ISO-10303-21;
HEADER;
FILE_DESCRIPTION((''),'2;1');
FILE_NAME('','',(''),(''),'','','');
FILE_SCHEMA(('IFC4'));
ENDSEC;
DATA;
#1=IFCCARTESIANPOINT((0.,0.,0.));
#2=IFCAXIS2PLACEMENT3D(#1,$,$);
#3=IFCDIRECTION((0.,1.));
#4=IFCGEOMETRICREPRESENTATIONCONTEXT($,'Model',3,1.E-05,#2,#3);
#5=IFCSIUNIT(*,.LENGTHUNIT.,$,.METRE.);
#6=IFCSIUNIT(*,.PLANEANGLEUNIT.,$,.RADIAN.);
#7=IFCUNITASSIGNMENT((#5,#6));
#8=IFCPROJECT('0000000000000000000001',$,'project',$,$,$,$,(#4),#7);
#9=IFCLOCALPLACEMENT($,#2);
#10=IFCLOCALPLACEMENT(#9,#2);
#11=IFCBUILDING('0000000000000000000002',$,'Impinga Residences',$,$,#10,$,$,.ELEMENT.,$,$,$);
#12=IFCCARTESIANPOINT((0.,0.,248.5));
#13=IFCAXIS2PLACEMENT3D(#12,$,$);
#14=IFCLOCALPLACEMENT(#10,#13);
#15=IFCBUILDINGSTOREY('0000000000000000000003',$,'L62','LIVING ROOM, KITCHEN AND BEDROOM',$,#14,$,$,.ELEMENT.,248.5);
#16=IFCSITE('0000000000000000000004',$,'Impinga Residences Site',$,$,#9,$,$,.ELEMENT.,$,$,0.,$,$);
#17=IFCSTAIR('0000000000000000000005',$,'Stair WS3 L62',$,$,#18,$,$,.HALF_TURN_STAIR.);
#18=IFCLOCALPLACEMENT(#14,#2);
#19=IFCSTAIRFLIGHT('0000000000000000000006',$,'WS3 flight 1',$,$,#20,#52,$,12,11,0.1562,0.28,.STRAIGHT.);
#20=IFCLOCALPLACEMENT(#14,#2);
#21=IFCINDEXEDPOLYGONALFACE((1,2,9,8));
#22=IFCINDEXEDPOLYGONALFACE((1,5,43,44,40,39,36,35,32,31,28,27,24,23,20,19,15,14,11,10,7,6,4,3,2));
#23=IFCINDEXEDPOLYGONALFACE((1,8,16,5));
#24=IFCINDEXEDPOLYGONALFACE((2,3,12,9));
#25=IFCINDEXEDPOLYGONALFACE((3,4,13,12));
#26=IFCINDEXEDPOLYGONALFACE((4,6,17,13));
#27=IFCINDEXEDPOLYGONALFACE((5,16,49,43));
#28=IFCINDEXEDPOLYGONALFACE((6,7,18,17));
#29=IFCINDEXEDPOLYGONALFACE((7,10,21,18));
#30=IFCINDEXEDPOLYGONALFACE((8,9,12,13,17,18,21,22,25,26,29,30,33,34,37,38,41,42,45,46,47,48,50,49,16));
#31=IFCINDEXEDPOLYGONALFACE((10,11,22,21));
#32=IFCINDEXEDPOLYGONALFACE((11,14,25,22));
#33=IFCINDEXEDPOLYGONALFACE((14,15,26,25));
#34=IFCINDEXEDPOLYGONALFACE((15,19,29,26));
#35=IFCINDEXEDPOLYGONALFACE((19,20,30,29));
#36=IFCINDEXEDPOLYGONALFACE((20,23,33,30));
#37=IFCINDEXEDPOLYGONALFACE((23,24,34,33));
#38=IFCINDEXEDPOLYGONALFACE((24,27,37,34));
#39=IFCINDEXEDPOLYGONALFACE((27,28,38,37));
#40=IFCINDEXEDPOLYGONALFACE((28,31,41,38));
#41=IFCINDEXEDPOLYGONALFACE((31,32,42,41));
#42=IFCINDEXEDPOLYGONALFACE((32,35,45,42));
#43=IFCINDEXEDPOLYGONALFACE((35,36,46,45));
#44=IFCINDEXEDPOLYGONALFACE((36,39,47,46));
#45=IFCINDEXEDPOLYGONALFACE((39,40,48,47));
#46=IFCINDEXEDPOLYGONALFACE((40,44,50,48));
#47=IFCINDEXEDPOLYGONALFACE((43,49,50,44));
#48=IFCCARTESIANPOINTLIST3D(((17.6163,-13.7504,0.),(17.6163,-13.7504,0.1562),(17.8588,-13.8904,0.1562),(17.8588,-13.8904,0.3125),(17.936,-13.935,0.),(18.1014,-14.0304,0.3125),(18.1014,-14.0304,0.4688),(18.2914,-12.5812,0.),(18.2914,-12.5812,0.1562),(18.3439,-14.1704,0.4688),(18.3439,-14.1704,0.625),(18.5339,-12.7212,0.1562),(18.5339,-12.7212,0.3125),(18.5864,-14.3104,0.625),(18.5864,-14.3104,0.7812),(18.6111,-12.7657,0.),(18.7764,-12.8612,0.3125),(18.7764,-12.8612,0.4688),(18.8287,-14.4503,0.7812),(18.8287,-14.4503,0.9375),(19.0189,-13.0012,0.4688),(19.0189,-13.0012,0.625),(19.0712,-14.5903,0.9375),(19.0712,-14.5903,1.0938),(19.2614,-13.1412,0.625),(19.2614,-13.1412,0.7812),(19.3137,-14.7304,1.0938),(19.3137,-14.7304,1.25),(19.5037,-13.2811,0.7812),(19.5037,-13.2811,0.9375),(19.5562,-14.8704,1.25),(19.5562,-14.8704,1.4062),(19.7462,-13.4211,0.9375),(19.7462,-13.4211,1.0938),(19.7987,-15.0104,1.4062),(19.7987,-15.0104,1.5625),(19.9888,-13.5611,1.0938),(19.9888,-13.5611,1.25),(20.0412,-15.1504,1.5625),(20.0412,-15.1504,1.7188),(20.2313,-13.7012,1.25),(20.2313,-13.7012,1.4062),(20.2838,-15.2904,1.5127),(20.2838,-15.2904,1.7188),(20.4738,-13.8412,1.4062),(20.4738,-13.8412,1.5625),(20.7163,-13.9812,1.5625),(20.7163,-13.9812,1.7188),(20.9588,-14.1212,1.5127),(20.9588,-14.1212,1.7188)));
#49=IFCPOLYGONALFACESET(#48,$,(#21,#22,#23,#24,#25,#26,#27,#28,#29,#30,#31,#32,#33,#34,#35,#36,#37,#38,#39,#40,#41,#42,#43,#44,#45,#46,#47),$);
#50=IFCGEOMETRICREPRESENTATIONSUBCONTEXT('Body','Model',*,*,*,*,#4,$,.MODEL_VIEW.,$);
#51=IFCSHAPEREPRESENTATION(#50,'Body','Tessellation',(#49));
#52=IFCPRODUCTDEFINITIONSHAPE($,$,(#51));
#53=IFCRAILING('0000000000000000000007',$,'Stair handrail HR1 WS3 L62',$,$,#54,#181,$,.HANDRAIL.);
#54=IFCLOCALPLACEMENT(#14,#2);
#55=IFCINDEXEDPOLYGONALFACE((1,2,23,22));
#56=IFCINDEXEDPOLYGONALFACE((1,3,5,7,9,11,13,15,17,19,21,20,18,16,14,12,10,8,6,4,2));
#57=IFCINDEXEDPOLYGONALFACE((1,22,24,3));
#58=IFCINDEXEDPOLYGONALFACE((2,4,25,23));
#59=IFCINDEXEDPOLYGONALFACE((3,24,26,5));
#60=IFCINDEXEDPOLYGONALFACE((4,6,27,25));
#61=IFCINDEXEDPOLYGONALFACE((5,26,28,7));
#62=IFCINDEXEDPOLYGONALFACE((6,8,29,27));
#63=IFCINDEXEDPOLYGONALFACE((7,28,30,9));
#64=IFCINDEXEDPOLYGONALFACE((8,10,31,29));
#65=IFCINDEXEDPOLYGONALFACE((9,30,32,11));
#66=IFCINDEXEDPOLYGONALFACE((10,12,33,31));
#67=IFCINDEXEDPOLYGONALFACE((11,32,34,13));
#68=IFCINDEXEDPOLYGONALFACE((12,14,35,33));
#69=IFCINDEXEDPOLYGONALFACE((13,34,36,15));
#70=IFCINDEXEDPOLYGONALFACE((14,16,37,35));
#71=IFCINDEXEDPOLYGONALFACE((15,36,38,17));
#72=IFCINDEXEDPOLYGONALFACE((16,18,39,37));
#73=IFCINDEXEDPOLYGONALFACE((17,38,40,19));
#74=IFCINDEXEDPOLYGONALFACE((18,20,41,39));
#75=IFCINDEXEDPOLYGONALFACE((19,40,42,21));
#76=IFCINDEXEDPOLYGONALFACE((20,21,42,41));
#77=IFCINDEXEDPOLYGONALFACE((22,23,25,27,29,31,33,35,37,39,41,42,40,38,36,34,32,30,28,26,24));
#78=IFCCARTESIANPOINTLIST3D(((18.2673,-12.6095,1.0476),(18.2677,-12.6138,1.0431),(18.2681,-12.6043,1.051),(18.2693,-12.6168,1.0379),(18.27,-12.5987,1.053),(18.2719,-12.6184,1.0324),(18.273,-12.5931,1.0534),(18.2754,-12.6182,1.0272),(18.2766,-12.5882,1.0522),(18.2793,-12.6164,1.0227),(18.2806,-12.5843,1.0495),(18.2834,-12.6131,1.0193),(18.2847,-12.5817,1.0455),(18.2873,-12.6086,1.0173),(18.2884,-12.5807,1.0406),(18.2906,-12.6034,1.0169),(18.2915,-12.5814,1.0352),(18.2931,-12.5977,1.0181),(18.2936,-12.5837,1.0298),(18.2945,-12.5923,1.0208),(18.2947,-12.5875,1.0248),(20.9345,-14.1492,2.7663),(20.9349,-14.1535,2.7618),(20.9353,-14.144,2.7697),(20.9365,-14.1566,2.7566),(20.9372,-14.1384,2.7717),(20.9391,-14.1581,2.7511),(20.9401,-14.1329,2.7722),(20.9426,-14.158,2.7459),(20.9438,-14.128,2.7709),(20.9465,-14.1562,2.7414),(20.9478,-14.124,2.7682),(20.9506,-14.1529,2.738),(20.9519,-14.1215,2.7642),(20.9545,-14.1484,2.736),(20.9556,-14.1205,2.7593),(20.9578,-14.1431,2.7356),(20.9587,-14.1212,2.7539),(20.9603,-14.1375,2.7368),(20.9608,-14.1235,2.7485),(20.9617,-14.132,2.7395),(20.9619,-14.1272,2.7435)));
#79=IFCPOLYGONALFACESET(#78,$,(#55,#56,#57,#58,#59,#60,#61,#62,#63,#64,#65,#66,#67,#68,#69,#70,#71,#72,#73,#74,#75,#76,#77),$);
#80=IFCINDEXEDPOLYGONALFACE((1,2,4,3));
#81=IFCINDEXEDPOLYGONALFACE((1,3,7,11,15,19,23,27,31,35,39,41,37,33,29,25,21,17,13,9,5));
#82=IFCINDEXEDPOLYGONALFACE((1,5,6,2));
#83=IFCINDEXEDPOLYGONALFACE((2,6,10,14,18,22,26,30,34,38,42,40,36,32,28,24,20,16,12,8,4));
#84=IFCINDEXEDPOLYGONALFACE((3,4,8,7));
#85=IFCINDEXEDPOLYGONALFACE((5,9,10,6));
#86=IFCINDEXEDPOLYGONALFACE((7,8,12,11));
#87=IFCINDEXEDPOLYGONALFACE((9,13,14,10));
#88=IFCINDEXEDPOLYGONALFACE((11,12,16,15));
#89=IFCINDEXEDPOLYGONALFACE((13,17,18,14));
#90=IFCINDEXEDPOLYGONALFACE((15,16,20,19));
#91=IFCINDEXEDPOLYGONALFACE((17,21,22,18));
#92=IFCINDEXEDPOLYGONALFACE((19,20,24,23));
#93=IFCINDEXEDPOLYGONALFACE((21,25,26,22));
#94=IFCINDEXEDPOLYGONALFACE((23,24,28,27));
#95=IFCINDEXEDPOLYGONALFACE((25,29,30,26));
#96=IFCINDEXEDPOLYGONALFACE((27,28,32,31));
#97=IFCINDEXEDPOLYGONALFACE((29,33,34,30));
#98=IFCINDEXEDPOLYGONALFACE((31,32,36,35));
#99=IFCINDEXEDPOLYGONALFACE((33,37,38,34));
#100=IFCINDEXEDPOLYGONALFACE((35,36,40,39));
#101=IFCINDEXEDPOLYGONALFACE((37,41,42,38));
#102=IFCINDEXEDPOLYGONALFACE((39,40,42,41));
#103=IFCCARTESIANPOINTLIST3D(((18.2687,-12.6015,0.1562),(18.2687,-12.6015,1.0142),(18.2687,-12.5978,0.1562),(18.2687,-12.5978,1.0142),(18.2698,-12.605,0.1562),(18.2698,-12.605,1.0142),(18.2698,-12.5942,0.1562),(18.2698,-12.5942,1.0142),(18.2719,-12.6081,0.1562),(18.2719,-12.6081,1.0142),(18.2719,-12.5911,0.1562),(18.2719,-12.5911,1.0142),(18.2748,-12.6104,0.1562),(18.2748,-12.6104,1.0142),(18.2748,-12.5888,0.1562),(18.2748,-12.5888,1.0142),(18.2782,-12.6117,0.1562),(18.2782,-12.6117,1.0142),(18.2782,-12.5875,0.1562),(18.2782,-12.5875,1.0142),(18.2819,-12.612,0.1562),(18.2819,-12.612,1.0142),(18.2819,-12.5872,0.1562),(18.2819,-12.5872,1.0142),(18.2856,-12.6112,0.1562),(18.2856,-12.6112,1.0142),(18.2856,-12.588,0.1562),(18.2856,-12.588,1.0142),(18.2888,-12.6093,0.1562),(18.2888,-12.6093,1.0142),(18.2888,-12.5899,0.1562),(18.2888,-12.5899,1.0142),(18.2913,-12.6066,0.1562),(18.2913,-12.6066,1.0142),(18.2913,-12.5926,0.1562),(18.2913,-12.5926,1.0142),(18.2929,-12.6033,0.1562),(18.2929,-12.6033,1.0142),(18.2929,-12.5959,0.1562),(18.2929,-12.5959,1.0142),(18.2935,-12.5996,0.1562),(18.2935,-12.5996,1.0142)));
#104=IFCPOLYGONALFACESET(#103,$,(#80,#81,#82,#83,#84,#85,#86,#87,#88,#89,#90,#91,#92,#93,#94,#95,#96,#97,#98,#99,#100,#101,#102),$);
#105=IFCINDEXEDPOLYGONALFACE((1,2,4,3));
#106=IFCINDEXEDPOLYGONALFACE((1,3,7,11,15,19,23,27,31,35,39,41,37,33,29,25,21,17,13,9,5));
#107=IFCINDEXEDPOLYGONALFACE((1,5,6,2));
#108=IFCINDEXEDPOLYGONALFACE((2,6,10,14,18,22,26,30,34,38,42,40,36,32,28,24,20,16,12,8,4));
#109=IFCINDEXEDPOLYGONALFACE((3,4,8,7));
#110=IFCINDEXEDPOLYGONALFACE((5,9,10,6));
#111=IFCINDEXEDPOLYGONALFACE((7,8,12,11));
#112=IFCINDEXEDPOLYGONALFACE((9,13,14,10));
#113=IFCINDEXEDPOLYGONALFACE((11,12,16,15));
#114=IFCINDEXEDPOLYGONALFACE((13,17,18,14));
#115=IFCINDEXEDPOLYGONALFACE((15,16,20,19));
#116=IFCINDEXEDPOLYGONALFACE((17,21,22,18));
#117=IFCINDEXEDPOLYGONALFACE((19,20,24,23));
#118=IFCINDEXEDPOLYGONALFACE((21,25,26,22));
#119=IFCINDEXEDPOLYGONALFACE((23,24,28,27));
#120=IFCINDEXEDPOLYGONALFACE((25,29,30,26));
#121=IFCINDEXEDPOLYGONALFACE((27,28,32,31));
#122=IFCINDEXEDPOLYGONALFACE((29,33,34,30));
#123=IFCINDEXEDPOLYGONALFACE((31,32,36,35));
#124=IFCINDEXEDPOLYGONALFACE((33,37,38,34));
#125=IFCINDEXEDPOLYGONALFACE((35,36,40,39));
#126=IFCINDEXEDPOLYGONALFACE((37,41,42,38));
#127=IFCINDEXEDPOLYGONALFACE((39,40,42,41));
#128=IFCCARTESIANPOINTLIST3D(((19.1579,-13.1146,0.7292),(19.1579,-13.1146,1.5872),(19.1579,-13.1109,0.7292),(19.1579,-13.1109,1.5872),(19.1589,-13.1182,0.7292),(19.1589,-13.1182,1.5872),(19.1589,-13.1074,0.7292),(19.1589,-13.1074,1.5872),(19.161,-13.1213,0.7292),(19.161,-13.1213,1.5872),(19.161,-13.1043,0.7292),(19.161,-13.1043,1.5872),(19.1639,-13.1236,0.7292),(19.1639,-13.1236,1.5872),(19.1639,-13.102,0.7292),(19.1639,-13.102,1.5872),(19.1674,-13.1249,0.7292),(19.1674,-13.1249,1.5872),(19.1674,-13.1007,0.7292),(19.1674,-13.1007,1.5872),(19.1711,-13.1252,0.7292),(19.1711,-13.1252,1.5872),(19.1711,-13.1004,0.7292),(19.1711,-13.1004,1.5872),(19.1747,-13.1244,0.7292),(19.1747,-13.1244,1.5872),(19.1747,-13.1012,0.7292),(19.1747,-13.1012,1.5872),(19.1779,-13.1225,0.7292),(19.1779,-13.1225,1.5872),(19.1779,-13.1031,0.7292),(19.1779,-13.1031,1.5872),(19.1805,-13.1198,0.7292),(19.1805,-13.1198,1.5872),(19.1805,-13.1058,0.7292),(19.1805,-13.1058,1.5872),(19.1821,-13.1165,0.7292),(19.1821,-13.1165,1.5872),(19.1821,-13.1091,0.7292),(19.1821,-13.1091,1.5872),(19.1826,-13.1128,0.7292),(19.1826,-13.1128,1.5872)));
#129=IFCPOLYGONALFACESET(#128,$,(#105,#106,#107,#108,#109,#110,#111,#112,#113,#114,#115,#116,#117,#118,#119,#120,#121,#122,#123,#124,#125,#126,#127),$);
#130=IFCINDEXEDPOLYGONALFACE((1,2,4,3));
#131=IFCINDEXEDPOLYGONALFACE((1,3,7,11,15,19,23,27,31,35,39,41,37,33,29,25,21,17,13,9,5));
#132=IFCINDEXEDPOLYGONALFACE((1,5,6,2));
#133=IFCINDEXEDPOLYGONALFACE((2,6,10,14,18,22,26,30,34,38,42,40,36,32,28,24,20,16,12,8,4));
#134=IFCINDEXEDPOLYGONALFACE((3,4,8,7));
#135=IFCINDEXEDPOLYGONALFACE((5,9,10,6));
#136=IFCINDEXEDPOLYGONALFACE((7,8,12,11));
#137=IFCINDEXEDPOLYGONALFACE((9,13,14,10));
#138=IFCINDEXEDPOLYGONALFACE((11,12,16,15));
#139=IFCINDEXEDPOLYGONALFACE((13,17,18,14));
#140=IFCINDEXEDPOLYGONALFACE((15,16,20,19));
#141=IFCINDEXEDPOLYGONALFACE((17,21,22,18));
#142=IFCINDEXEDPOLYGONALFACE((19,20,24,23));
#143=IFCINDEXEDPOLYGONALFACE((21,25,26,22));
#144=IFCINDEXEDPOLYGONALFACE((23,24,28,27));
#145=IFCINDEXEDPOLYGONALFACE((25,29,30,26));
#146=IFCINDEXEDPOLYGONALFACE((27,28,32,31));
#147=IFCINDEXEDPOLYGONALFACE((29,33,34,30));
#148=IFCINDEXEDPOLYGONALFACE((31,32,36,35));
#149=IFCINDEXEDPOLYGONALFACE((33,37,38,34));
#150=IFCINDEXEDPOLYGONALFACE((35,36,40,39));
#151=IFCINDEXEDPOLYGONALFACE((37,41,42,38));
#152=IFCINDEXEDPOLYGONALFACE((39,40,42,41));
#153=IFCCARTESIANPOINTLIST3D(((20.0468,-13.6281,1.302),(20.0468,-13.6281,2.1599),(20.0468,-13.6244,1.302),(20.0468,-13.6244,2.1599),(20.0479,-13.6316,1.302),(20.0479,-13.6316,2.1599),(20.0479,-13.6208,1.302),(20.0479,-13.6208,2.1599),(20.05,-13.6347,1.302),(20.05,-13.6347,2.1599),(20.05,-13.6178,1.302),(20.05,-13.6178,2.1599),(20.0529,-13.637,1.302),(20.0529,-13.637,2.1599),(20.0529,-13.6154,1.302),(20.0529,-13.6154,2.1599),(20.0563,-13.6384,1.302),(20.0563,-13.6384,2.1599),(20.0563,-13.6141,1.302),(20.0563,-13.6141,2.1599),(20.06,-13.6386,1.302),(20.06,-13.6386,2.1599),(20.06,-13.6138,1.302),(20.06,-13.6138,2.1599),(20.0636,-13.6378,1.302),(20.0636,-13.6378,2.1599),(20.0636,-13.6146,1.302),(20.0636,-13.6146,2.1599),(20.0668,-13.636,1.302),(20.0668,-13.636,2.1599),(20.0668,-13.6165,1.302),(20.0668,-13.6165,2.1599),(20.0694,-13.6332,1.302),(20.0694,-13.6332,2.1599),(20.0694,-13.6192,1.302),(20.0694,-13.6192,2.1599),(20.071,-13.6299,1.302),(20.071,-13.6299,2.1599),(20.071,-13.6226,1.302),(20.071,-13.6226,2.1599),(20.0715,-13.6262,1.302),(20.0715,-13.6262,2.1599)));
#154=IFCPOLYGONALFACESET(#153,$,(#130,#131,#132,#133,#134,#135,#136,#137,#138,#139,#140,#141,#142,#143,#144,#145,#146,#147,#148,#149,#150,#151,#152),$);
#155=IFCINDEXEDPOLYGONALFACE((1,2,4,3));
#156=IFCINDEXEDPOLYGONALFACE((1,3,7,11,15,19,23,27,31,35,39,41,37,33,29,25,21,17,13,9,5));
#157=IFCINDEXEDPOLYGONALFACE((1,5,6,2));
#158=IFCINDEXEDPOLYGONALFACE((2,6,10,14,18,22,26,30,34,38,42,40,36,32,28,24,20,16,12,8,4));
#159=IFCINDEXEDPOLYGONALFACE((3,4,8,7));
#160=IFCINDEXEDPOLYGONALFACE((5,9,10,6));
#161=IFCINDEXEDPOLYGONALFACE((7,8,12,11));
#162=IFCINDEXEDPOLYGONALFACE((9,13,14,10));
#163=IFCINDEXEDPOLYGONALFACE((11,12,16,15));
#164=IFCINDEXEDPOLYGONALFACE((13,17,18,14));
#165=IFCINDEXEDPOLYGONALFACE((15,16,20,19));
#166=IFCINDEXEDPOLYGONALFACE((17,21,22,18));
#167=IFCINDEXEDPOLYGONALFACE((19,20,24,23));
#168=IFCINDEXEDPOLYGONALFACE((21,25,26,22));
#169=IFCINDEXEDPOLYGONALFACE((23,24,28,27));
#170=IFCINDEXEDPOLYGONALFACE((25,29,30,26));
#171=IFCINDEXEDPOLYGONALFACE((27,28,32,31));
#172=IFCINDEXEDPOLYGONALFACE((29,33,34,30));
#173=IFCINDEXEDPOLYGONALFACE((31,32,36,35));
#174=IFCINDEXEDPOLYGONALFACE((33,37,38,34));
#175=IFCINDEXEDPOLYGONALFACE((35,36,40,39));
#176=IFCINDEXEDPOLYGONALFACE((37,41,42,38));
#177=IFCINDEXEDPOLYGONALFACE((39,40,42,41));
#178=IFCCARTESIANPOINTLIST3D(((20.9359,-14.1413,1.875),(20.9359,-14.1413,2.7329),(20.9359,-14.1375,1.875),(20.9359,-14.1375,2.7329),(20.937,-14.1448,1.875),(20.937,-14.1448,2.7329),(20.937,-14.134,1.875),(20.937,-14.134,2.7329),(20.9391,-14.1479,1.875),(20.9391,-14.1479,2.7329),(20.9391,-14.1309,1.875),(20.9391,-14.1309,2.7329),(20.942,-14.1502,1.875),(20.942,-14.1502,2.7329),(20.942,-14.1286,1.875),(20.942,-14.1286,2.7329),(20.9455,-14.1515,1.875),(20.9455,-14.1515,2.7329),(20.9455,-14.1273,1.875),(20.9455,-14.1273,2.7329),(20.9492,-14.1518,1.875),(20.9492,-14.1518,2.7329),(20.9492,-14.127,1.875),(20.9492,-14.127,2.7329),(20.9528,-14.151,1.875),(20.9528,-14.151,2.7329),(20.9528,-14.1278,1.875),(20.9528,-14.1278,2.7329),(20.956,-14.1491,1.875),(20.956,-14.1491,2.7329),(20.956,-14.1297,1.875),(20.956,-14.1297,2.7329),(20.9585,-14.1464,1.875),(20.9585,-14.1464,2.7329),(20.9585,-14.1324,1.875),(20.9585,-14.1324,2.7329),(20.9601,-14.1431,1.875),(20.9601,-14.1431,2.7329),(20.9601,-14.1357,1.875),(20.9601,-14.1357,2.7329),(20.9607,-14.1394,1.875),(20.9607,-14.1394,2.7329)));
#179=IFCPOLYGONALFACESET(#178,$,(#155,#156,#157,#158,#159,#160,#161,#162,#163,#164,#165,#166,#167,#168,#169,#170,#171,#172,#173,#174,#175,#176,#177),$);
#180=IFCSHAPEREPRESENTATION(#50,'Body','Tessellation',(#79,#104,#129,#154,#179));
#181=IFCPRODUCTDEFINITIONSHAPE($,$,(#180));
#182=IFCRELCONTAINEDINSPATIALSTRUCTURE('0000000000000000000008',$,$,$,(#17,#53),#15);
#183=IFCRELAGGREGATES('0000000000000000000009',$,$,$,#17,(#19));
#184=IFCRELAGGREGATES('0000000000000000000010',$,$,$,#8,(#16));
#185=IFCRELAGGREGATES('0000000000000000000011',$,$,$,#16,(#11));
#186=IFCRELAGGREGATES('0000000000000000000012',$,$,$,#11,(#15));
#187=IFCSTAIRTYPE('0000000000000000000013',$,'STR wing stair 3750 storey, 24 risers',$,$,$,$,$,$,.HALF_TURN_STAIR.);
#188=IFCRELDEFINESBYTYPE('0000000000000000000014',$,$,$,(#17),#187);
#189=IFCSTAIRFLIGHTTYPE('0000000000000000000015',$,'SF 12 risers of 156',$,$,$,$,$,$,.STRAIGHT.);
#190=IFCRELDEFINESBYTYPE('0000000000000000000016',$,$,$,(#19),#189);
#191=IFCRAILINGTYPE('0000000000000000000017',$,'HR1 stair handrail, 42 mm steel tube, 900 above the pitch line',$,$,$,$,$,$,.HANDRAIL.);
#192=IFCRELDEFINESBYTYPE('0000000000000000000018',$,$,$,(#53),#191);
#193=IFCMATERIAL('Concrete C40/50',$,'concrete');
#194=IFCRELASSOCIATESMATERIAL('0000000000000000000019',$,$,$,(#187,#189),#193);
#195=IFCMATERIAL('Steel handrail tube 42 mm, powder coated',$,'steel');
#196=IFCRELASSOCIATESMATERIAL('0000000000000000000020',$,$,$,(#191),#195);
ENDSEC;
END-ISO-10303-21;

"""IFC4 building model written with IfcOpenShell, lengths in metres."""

from ifc_helpers import new_model, si_unit, direction, frame, origin, origin_2d, place, context, subcontext, project, spatial, polyline, circle, outline, extrude, material, type_object, element, aggregate, save


model = new_model("IFC4")

# Units and contexts
model_context = context("Model", 3, precision=1e-05, world=origin(), true_north=direction((0.0, 1.0)))
body_context = subcontext(model_context, "Body", "Model", "MODEL_VIEW")
ifc_project = project(units=[si_unit("LENGTHUNIT", "METRE"), si_unit("PLANEANGLEUNIT", "RADIAN")], contexts=[model_context])

# Site, building, storey
site_placement = place(None, origin())
site = spatial("IfcSite", under=ifc_project, at=site_placement, Name="Impinga Residences Site", CompositionType="ELEMENT", RefElevation=0.0)
building_placement = place(site_placement, origin())
building = spatial("IfcBuilding", under=site, at=building_placement, Name="Impinga Residences", CompositionType="ELEMENT")
storey_placement = place(building_placement, frame((0.0, 0.0, 248.5)))
storey = spatial("IfcBuildingStorey", under=building, at=storey_placement, Name="L62", Description="LIVING ROOM, KITCHEN AND BEDROOM", CompositionType="ELEMENT", Elevation=248.5)

# Stair, stair flight
ifc_material_1 = material(Name="Concrete C40/50", Category="concrete")
stair_type = type_object("IfcStairType", Name="STR wing stair 3750 storey, 24 risers", PredefinedType="HALF_TURN_STAIR", material=ifc_material_1)
stair_placement = place(storey_placement, origin())
stair = element("IfcStair", 1, at=stair_placement, inside=storey, type_object=stair_type, Name="Stair WS3 L62", PredefinedType="HALF_TURN_STAIR")
stair_flight_type = type_object("IfcStairFlightType", Name="SF 12 risers of 156", PredefinedType="STRAIGHT", material=ifc_material_1)
stair_flight_placement = place(storey_placement, frame((17.9539, -13.1658, 0.0), z_axis=(0.0, 0.0, 1.0), x_axis=(0.866025, -0.5, 0.0)))
stair_flight = element("IfcStairFlight", 2, at=stair_flight_placement, type_object=stair_flight_type, Name="WS3 flight 1", NumberOfRisers=12, NumberOfTreads=11, PredefinedType="STRAIGHT", RiserHeight=0.1562, TreadLength=0.28, context=body_context, shape_type="SweptSolid", body=[
    extrude(outline(polyline([(0.0, 0.0), (0.0, 0.1562), (0.28, 0.1562), (0.28, 0.3125), (0.5601, 0.3125), (0.5601, 0.4688), (0.8401, 0.4688), (0.8401, 0.625), (1.1201, 0.625), (1.1201, 0.7812), (1.3999, 0.7812), (1.3999, 0.9375), (1.6799, 0.9375), (1.6799, 1.0938), (1.96, 1.0938), (1.96, 1.25), (2.24, 1.25), (2.24, 1.4062), (2.52, 1.4062), (2.52, 1.5625), (2.8, 1.5625), (2.8, 1.7188), (3.0801, 1.7188), (3.0801, 1.875), (3.0801, 1.5127), (0.3691, 0.0), (0.0, 0.0)])), frame((0.0, 0.675, 0.0), z_axis=(0.0, -1.0, 0.0), x_axis=(1.0, 0.0, 0.0)), (0.0, 0.0, 1.0), 1.3501),
])
aggregate(stair, [stair_flight])

# Railing
ifc_material_2 = material(Name="Steel handrail tube 42 mm, powder coated", Category="steel")
railing_type = type_object("IfcRailingType", Name="HR1 stair handrail, 42 mm steel tube, 900 above the pitch line", PredefinedType="HANDRAIL", material=ifc_material_2)
railing_placement = place(storey_placement, frame((18.281, -12.5996, 0.1562)))
element("IfcRailing", 3, at=railing_placement, inside=storey, type_object=railing_type, Name="Stair handrail HR1 WS3 L62", PredefinedType="HANDRAIL", context=body_context, shape_type="SweptSolid", body=[
    extrude(circle(Radius=0.021, at=origin_2d()), frame((0.0, 0.0, 0.8789), z_axis=(0.756249, -0.436582, 0.487322), x_axis=(0.499967, 0.866044, 0.0)), (0.0, 0.0, 1.0), 3.5269),
    extrude(circle(Radius=0.0125, at=origin_2d()), origin(), (0.0, 0.0, 1.0), 0.8579),
    extrude(circle(Radius=0.0125, at=origin_2d()), frame((0.8892, -0.5132, 0.573)), (0.0, 0.0, 1.0), 0.8579),
    extrude(circle(Radius=0.0125, at=origin_2d()), frame((1.7781, -1.0266, 1.1458)), (0.0, 0.0, 1.0), 0.8579),
    extrude(circle(Radius=0.0125, at=origin_2d()), frame((2.6672, -1.5398, 1.7188)), (0.0, 0.0, 1.0), 0.8579),
])

save(model, "model.ifc")
